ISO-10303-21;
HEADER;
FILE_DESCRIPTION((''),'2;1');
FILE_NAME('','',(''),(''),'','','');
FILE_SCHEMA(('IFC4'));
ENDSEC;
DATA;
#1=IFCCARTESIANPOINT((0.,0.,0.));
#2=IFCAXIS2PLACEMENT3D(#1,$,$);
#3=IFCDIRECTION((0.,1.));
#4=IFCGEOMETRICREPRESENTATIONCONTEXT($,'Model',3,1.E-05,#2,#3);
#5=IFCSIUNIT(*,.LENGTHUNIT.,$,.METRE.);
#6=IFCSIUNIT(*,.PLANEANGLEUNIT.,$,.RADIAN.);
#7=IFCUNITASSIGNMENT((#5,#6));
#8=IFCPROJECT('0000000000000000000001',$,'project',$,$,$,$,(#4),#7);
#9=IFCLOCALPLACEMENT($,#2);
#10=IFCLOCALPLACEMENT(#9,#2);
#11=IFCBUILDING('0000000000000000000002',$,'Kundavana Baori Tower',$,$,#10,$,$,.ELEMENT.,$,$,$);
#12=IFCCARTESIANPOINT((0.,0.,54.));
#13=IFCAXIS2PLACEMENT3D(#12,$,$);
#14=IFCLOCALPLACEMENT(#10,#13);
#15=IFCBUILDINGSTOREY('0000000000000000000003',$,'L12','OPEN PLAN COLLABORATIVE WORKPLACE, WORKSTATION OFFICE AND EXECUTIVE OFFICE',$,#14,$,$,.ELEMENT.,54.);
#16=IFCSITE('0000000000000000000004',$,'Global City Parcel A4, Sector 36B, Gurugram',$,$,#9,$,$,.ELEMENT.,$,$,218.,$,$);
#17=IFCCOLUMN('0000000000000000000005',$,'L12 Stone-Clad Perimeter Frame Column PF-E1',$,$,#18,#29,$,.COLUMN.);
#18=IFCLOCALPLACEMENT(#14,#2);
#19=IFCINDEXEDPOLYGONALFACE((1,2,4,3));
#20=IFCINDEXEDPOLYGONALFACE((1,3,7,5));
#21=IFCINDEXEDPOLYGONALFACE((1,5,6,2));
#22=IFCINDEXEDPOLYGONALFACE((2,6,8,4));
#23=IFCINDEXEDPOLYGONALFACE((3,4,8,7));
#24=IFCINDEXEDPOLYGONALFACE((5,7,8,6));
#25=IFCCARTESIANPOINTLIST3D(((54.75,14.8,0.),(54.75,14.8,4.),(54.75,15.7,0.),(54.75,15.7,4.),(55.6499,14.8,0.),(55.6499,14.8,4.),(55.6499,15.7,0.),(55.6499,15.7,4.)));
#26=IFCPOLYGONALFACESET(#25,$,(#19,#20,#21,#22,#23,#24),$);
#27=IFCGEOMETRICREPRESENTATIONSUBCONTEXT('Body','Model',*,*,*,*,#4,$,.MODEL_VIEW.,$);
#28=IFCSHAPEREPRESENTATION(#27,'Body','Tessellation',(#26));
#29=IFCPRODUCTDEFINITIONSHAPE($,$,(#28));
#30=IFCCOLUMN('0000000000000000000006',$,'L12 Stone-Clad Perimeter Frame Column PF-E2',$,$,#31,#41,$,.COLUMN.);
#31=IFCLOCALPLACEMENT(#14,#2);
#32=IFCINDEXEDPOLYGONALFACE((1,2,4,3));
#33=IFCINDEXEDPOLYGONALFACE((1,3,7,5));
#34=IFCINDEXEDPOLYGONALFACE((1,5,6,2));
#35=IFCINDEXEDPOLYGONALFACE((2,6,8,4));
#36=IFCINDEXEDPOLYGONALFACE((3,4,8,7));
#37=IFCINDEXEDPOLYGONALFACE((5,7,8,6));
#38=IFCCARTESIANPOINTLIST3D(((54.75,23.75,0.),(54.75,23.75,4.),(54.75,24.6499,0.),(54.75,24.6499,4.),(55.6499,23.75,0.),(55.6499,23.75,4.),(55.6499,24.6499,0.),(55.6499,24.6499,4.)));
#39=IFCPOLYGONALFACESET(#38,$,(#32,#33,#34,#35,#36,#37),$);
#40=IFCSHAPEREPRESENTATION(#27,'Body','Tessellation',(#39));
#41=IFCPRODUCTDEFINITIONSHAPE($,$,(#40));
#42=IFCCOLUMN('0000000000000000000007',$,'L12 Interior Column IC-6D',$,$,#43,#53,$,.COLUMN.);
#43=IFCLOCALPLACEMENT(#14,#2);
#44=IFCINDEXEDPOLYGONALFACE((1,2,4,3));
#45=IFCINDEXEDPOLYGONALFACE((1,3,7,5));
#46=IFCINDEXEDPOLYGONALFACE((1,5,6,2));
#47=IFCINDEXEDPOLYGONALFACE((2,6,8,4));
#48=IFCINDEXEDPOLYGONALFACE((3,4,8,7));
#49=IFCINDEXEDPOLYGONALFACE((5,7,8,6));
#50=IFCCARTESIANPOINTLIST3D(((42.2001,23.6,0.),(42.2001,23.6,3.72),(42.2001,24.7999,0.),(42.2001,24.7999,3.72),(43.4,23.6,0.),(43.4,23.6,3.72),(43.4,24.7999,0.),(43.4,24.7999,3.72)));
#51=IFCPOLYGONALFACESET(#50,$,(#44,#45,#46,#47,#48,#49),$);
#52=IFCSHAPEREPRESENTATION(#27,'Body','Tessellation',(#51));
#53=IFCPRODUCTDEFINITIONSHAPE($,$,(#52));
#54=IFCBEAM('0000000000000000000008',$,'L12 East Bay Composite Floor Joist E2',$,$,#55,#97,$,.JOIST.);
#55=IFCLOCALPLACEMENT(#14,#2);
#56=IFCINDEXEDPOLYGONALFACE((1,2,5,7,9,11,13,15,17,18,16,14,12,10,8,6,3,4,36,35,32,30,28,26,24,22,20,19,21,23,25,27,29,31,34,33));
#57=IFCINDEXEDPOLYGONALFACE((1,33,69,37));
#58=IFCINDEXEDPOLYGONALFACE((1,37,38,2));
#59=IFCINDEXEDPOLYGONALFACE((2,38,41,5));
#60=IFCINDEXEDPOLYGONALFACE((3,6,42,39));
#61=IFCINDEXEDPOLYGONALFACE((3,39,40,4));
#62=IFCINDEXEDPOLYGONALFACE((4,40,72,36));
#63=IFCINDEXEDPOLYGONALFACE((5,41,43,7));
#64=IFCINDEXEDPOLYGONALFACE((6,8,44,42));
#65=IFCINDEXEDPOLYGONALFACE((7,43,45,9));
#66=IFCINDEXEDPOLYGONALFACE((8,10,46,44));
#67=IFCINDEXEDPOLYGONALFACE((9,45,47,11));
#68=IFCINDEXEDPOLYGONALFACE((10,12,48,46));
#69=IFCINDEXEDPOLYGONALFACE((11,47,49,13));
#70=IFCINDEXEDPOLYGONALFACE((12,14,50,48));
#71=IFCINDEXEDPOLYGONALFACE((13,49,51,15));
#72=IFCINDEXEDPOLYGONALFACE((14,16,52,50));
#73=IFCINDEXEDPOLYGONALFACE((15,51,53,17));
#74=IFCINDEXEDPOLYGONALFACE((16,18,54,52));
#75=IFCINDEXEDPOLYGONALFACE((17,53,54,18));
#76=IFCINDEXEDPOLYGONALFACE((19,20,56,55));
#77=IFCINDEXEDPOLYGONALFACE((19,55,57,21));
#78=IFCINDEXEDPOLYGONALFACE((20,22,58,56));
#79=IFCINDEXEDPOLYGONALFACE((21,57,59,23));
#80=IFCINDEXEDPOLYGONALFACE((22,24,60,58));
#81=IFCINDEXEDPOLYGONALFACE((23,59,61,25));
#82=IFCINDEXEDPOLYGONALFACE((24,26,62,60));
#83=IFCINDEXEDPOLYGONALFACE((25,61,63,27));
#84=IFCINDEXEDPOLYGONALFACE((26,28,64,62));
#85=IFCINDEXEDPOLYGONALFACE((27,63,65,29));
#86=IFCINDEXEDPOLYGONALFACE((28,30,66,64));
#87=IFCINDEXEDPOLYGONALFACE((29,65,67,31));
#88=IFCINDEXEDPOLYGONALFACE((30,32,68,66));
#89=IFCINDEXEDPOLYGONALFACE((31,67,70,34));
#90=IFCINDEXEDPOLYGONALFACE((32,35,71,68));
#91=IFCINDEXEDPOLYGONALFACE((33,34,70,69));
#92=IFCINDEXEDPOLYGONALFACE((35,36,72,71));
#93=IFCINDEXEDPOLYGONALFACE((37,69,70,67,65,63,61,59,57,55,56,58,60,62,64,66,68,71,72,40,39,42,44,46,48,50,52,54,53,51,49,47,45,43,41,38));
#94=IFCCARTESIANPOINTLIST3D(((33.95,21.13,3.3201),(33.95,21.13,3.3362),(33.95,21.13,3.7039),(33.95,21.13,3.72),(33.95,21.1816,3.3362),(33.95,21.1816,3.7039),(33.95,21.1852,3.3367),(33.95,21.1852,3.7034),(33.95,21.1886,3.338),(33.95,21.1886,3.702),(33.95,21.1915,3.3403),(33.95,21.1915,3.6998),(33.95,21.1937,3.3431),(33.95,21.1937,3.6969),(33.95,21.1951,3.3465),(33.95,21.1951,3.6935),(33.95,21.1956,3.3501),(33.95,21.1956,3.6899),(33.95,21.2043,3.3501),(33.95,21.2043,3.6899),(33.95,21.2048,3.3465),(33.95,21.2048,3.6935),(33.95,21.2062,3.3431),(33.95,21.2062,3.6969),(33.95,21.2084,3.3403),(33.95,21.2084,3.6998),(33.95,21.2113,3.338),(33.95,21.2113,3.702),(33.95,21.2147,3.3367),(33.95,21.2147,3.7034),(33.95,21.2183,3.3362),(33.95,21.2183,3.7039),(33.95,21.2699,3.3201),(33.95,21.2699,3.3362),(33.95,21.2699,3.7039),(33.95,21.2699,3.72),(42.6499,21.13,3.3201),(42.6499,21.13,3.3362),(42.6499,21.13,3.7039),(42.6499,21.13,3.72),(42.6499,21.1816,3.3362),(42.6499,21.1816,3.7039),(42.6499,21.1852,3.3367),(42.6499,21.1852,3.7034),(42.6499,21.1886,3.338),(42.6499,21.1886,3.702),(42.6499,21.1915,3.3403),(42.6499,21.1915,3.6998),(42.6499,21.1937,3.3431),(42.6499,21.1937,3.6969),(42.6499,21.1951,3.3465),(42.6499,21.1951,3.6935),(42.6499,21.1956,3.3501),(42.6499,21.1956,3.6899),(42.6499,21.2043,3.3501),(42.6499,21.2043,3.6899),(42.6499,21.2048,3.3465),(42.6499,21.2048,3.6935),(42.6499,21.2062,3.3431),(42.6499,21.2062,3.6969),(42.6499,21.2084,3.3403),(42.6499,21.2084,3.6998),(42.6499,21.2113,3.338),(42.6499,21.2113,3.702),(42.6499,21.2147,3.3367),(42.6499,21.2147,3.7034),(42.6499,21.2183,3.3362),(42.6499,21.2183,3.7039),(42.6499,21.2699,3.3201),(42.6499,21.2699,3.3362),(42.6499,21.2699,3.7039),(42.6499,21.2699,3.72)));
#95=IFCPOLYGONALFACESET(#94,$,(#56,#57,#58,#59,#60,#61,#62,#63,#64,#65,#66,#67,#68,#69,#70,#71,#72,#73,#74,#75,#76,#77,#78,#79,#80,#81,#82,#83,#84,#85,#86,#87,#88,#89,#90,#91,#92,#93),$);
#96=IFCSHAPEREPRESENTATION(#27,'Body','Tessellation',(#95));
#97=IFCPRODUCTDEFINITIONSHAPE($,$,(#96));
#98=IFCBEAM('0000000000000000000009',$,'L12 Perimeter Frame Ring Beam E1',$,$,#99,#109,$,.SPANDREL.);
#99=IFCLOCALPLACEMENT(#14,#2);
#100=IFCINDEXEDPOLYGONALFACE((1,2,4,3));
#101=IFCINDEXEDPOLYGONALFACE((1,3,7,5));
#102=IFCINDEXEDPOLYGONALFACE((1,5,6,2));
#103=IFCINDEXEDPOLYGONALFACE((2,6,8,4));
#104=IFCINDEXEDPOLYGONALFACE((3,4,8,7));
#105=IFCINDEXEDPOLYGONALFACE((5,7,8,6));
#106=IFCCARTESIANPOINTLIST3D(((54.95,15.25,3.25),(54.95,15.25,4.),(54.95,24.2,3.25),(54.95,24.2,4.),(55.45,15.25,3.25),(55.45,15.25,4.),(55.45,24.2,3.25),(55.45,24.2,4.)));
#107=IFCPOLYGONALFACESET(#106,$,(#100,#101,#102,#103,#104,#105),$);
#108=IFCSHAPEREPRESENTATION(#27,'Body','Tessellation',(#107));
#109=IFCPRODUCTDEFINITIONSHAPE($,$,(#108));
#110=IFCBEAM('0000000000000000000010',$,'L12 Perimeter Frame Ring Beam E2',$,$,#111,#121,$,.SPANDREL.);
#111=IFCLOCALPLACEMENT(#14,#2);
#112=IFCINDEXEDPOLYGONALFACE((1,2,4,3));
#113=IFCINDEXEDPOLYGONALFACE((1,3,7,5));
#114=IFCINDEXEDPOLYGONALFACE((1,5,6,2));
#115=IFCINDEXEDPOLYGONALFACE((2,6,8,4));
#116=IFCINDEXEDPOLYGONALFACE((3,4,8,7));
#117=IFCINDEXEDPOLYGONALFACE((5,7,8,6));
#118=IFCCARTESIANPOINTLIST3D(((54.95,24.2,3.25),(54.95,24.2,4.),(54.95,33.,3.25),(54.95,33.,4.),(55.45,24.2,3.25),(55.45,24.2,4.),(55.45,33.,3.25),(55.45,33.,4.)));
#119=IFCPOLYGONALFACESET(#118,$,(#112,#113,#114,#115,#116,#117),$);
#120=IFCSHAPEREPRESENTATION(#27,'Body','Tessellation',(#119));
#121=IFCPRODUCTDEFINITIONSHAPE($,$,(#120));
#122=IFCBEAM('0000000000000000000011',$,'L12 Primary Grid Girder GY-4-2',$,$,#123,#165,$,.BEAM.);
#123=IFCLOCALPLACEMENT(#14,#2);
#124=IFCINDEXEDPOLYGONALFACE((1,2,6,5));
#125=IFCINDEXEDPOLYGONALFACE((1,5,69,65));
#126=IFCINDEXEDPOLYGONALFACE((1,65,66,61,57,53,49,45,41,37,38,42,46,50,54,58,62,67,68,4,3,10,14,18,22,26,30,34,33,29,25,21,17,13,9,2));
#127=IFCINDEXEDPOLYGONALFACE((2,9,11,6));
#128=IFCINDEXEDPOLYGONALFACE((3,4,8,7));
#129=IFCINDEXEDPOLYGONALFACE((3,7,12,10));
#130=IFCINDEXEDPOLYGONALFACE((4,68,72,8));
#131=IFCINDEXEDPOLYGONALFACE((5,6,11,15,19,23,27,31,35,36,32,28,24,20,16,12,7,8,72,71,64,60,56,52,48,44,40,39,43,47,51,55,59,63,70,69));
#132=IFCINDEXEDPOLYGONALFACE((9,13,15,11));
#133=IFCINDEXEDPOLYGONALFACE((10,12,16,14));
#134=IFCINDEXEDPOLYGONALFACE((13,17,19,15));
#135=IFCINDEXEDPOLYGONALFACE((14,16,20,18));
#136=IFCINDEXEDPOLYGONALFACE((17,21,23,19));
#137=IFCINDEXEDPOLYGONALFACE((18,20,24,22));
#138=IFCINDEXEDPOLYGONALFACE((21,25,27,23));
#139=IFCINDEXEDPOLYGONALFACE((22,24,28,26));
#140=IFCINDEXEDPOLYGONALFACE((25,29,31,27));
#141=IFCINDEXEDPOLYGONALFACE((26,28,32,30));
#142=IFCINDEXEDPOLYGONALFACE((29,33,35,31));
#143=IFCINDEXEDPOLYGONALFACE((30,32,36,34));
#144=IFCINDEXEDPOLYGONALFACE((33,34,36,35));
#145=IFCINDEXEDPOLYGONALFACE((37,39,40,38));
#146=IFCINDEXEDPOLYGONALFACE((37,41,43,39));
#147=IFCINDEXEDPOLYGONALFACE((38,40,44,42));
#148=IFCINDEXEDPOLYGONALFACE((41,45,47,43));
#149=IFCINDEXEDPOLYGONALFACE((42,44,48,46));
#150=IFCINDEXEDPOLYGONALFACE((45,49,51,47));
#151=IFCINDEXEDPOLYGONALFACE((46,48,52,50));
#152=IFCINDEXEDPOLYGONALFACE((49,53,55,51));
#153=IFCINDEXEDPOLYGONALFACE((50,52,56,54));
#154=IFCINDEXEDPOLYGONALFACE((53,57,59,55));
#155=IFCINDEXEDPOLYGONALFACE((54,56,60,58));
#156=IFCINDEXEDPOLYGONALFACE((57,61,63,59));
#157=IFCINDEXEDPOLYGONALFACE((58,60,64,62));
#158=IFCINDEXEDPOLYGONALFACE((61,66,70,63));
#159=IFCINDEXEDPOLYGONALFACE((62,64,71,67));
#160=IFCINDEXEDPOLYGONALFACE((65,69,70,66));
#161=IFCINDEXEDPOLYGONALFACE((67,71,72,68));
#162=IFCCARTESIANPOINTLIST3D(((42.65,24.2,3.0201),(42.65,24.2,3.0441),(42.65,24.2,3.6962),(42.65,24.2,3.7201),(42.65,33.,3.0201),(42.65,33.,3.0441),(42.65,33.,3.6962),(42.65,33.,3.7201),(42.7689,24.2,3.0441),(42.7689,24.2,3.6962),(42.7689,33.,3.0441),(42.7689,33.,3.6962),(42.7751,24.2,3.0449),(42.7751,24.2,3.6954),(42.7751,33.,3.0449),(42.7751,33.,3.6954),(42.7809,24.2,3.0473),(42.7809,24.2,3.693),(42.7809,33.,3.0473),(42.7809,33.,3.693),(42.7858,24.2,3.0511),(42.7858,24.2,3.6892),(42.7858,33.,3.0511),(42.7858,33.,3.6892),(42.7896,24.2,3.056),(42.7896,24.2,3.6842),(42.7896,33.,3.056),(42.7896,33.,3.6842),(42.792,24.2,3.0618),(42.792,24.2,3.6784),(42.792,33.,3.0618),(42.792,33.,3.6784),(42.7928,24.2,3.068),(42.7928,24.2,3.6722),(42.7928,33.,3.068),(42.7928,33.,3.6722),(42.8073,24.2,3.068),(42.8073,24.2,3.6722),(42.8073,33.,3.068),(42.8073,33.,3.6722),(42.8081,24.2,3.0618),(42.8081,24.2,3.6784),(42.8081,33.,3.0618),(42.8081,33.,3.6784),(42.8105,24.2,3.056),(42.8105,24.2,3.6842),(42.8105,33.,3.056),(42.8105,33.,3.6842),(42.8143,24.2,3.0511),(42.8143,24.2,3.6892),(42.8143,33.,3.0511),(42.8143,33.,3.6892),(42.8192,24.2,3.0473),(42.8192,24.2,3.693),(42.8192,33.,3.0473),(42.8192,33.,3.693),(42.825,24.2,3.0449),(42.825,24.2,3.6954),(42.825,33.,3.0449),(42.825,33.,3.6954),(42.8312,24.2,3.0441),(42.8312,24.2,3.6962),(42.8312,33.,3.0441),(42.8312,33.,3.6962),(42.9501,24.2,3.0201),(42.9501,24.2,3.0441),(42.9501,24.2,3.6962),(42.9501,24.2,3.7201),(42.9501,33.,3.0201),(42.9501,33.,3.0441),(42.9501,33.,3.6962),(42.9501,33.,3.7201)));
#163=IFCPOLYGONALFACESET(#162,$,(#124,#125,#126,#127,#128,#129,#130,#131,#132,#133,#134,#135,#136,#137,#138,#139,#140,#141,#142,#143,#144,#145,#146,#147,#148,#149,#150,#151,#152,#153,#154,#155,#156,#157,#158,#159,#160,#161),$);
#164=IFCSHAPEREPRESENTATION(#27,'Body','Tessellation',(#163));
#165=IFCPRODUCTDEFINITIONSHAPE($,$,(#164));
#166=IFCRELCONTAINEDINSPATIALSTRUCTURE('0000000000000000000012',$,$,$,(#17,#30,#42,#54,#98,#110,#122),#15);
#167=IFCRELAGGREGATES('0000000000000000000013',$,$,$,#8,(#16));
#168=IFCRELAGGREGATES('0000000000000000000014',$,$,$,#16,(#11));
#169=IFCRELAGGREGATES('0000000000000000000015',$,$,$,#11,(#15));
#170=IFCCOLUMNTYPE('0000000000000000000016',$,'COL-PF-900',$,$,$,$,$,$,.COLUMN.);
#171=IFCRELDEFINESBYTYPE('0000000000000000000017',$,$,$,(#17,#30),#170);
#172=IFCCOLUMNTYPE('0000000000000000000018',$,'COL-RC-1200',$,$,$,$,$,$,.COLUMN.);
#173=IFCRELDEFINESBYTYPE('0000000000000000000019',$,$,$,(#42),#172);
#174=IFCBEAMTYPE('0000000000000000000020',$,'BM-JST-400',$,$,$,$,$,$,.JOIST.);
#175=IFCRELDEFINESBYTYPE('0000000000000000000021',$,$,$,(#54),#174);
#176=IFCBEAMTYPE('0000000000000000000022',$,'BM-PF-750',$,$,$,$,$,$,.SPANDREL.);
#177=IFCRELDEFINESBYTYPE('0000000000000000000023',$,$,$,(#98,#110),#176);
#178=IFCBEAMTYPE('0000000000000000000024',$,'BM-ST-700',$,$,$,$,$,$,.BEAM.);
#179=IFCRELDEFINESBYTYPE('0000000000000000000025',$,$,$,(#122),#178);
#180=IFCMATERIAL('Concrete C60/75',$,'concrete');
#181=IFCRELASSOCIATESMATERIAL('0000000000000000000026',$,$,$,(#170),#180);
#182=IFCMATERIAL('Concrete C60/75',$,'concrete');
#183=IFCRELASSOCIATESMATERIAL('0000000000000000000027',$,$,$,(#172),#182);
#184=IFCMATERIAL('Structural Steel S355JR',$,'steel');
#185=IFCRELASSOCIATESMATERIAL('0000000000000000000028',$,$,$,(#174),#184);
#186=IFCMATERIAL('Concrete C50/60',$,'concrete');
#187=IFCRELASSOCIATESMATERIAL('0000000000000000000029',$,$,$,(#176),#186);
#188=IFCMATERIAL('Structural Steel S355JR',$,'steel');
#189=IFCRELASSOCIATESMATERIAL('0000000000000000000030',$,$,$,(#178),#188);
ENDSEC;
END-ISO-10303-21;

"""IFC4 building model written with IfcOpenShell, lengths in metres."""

from ifc_helpers import new_model, si_unit, direction, frame, origin, origin_2d, place, context, subcontext, project, spatial, rectangle, i_section, extrude, material, material_profile, profile_set, type_object, element, save


model = new_model("IFC4")

# Units and contexts
model_context = context("Model", 3, precision=1e-05, world=origin(), true_north=direction((0.0, 1.0)))
body_context = subcontext(model_context, "Body", "Model", "MODEL_VIEW")
ifc_project = project(units=[si_unit("LENGTHUNIT", "METRE"), si_unit("PLANEANGLEUNIT", "RADIAN")], contexts=[model_context])

# Site, building, storey
site_placement = place(None, origin())
site = spatial("IfcSite", under=ifc_project, at=site_placement, Name="Global City Parcel A4, Sector 36B, Gurugram", CompositionType="ELEMENT", RefElevation=218.0)
building_placement = place(site_placement, origin())
building = spatial("IfcBuilding", under=site, at=building_placement, Name="Kundavana Baori Tower", CompositionType="ELEMENT")
storey_placement = place(building_placement, frame((0.0, 0.0, 54.0)))
storey = spatial("IfcBuildingStorey", under=building, at=storey_placement, Name="L12", Description="OPEN PLAN COLLABORATIVE WORKPLACE, WORKSTATION OFFICE AND EXECUTIVE OFFICE", CompositionType="ELEMENT", Elevation=54.0)

# Columns
ifc_material_1 = material(Name="Concrete C60/75", Category="concrete")
ifc_material_profile_1 = material_profile(ifc_material_1, rectangle(XDim=0.8999, YDim=0.8999, at=origin_2d()), Name="RC PF 900x900")
ifc_profile_set_1 = profile_set([ifc_material_profile_1], Name="Concrete C60/75")
column_type_1 = type_object("IfcColumnType", Name="COL-PF-900", PredefinedType="COLUMN", material=ifc_profile_set_1)
for number, where, z_axis, x_axis, name in (
    (1, (55.2, 15.25, 0.0), (0.0, 0.0, 1.0), (1.0, 0.0, 0.0), "L12 Stone-Clad Perimeter Frame Column PF-E1"),
    (2, (55.2, 24.2, 0.0), (0.0, 0.0, 1.0), (1.0, 0.0, 0.0), "L12 Stone-Clad Perimeter Frame Column PF-E2"),
):
    element("IfcColumn", number, at=place(storey_placement, frame(where, z_axis=z_axis, x_axis=x_axis)), inside=storey, type_object=column_type_1, Name=name, PredefinedType="COLUMN", context=body_context, shape_type="SweptSolid", body=[
        extrude(rectangle(XDim=0.8999, YDim=0.8999, at=origin_2d()), origin(), (0.0, 0.0, 1.0), 4.0),
    ])
ifc_material_2 = material(Name="Concrete C60/75", Category="concrete")
ifc_material_profile_2 = material_profile(ifc_material_2, rectangle(XDim=1.2, YDim=1.2, at=origin_2d()), Name="RC 1200x1200")
ifc_profile_set_2 = profile_set([ifc_material_profile_2], Name="Concrete C60/75")
column_type_2 = type_object("IfcColumnType", Name="COL-RC-1200", PredefinedType="COLUMN", material=ifc_profile_set_2)
column_placement = place(storey_placement, frame((42.8, 24.2, 0.0), z_axis=(0.0, 0.0, 1.0), x_axis=(1.0, 0.0, 0.0)))
element("IfcColumn", 3, at=column_placement, inside=storey, type_object=column_type_2, Name="L12 Interior Column IC-6D", PredefinedType="COLUMN", context=body_context, shape_type="SweptSolid", body=[
    extrude(rectangle(XDim=1.2, YDim=1.2, at=origin_2d()), origin(), (0.0, 0.0, 1.0), 3.72),
])

# Beams
ifc_material_3 = material(Name="Structural Steel S355JR", Category="steel")
ifc_material_profile_3 = material_profile(ifc_material_3, i_section(OverallWidth=0.1399, OverallDepth=0.3999, WebThickness=0.0088, FlangeThickness=0.0161, FilletRadius=0.0139, at=origin_2d()), Name="ISMB 400")
ifc_profile_set_3 = profile_set([ifc_material_profile_3], Name="Structural Steel S355JR")
beam_type_1 = type_object("IfcBeamType", Name="BM-JST-400", PredefinedType="JOIST", material=ifc_profile_set_3)
beam_1_placement = place(storey_placement, frame((33.95, 21.2, 3.52), z_axis=(1.0, 0.0, 0.0), x_axis=(0.0, 1.0, 0.0)))
element("IfcBeam", 4, at=beam_1_placement, inside=storey, type_object=beam_type_1, Name="L12 East Bay Composite Floor Joist E2", PredefinedType="JOIST", context=body_context, shape_type="SweptSolid", body=[
    extrude(i_section(OverallWidth=0.1399, OverallDepth=0.3999, WebThickness=0.0088, FlangeThickness=0.0161, FilletRadius=0.0139, at=origin_2d()), origin(), (0.0, 0.0, 1.0), 8.7),
])
ifc_material_4 = material(Name="Concrete C50/60", Category="concrete")
ifc_material_profile_4 = material_profile(ifc_material_4, rectangle(XDim=0.5, YDim=0.75, at=origin_2d()), Name="RC BM 500x750")
ifc_profile_set_4 = profile_set([ifc_material_profile_4], Name="Concrete C50/60")
beam_type_2 = type_object("IfcBeamType", Name="BM-PF-750", PredefinedType="SPANDREL", material=ifc_profile_set_4)
beam_2_placement = place(storey_placement, frame((55.2, 15.25, 3.625), z_axis=(0.0, 1.0, 0.0), x_axis=(-1.0, 0.0, 0.0)))
element("IfcBeam", 5, at=beam_2_placement, inside=storey, type_object=beam_type_2, Name="L12 Perimeter Frame Ring Beam E1", PredefinedType="SPANDREL", context=body_context, shape_type="SweptSolid", body=[
    extrude(rectangle(XDim=0.5, YDim=0.75, at=origin_2d()), origin(), (0.0, 0.0, 1.0), 8.95),
])
beam_3_placement = place(storey_placement, frame((55.2, 24.2, 3.625), z_axis=(0.0, 1.0, 0.0), x_axis=(-1.0, 0.0, 0.0)))
element("IfcBeam", 6, at=beam_3_placement, inside=storey, type_object=beam_type_2, Name="L12 Perimeter Frame Ring Beam E2", PredefinedType="SPANDREL", context=body_context, shape_type="SweptSolid", body=[
    extrude(rectangle(XDim=0.5, YDim=0.75, at=origin_2d()), origin(), (0.0, 0.0, 1.0), 8.8),
])
ifc_material_5 = material(Name="Structural Steel S355JR", Category="steel")
ifc_material_profile_5 = material_profile(ifc_material_5, i_section(OverallWidth=0.3, OverallDepth=0.7, WebThickness=0.0144, FlangeThickness=0.0239, FilletRadius=0.0239, at=origin_2d()), Name="NPB 700x300x170")
ifc_profile_set_5 = profile_set([ifc_material_profile_5], Name="Structural Steel S355JR")
beam_type_3 = type_object("IfcBeamType", Name="BM-ST-700", PredefinedType="BEAM", material=ifc_profile_set_5)
beam_4_placement = place(storey_placement, frame((42.8, 24.2, 3.3701), z_axis=(0.0, 1.0, 0.0), x_axis=(-1.0, 0.0, 0.0)))
element("IfcBeam", 7, at=beam_4_placement, inside=storey, type_object=beam_type_3, Name="L12 Primary Grid Girder GY-4-2", PredefinedType="BEAM", context=body_context, shape_type="SweptSolid", body=[
    extrude(i_section(OverallWidth=0.3, OverallDepth=0.7, WebThickness=0.0144, FlangeThickness=0.0239, FilletRadius=0.0239, at=origin_2d()), origin(), (0.0, 0.0, 1.0), 8.8),
])

save(model, "model.ifc")
